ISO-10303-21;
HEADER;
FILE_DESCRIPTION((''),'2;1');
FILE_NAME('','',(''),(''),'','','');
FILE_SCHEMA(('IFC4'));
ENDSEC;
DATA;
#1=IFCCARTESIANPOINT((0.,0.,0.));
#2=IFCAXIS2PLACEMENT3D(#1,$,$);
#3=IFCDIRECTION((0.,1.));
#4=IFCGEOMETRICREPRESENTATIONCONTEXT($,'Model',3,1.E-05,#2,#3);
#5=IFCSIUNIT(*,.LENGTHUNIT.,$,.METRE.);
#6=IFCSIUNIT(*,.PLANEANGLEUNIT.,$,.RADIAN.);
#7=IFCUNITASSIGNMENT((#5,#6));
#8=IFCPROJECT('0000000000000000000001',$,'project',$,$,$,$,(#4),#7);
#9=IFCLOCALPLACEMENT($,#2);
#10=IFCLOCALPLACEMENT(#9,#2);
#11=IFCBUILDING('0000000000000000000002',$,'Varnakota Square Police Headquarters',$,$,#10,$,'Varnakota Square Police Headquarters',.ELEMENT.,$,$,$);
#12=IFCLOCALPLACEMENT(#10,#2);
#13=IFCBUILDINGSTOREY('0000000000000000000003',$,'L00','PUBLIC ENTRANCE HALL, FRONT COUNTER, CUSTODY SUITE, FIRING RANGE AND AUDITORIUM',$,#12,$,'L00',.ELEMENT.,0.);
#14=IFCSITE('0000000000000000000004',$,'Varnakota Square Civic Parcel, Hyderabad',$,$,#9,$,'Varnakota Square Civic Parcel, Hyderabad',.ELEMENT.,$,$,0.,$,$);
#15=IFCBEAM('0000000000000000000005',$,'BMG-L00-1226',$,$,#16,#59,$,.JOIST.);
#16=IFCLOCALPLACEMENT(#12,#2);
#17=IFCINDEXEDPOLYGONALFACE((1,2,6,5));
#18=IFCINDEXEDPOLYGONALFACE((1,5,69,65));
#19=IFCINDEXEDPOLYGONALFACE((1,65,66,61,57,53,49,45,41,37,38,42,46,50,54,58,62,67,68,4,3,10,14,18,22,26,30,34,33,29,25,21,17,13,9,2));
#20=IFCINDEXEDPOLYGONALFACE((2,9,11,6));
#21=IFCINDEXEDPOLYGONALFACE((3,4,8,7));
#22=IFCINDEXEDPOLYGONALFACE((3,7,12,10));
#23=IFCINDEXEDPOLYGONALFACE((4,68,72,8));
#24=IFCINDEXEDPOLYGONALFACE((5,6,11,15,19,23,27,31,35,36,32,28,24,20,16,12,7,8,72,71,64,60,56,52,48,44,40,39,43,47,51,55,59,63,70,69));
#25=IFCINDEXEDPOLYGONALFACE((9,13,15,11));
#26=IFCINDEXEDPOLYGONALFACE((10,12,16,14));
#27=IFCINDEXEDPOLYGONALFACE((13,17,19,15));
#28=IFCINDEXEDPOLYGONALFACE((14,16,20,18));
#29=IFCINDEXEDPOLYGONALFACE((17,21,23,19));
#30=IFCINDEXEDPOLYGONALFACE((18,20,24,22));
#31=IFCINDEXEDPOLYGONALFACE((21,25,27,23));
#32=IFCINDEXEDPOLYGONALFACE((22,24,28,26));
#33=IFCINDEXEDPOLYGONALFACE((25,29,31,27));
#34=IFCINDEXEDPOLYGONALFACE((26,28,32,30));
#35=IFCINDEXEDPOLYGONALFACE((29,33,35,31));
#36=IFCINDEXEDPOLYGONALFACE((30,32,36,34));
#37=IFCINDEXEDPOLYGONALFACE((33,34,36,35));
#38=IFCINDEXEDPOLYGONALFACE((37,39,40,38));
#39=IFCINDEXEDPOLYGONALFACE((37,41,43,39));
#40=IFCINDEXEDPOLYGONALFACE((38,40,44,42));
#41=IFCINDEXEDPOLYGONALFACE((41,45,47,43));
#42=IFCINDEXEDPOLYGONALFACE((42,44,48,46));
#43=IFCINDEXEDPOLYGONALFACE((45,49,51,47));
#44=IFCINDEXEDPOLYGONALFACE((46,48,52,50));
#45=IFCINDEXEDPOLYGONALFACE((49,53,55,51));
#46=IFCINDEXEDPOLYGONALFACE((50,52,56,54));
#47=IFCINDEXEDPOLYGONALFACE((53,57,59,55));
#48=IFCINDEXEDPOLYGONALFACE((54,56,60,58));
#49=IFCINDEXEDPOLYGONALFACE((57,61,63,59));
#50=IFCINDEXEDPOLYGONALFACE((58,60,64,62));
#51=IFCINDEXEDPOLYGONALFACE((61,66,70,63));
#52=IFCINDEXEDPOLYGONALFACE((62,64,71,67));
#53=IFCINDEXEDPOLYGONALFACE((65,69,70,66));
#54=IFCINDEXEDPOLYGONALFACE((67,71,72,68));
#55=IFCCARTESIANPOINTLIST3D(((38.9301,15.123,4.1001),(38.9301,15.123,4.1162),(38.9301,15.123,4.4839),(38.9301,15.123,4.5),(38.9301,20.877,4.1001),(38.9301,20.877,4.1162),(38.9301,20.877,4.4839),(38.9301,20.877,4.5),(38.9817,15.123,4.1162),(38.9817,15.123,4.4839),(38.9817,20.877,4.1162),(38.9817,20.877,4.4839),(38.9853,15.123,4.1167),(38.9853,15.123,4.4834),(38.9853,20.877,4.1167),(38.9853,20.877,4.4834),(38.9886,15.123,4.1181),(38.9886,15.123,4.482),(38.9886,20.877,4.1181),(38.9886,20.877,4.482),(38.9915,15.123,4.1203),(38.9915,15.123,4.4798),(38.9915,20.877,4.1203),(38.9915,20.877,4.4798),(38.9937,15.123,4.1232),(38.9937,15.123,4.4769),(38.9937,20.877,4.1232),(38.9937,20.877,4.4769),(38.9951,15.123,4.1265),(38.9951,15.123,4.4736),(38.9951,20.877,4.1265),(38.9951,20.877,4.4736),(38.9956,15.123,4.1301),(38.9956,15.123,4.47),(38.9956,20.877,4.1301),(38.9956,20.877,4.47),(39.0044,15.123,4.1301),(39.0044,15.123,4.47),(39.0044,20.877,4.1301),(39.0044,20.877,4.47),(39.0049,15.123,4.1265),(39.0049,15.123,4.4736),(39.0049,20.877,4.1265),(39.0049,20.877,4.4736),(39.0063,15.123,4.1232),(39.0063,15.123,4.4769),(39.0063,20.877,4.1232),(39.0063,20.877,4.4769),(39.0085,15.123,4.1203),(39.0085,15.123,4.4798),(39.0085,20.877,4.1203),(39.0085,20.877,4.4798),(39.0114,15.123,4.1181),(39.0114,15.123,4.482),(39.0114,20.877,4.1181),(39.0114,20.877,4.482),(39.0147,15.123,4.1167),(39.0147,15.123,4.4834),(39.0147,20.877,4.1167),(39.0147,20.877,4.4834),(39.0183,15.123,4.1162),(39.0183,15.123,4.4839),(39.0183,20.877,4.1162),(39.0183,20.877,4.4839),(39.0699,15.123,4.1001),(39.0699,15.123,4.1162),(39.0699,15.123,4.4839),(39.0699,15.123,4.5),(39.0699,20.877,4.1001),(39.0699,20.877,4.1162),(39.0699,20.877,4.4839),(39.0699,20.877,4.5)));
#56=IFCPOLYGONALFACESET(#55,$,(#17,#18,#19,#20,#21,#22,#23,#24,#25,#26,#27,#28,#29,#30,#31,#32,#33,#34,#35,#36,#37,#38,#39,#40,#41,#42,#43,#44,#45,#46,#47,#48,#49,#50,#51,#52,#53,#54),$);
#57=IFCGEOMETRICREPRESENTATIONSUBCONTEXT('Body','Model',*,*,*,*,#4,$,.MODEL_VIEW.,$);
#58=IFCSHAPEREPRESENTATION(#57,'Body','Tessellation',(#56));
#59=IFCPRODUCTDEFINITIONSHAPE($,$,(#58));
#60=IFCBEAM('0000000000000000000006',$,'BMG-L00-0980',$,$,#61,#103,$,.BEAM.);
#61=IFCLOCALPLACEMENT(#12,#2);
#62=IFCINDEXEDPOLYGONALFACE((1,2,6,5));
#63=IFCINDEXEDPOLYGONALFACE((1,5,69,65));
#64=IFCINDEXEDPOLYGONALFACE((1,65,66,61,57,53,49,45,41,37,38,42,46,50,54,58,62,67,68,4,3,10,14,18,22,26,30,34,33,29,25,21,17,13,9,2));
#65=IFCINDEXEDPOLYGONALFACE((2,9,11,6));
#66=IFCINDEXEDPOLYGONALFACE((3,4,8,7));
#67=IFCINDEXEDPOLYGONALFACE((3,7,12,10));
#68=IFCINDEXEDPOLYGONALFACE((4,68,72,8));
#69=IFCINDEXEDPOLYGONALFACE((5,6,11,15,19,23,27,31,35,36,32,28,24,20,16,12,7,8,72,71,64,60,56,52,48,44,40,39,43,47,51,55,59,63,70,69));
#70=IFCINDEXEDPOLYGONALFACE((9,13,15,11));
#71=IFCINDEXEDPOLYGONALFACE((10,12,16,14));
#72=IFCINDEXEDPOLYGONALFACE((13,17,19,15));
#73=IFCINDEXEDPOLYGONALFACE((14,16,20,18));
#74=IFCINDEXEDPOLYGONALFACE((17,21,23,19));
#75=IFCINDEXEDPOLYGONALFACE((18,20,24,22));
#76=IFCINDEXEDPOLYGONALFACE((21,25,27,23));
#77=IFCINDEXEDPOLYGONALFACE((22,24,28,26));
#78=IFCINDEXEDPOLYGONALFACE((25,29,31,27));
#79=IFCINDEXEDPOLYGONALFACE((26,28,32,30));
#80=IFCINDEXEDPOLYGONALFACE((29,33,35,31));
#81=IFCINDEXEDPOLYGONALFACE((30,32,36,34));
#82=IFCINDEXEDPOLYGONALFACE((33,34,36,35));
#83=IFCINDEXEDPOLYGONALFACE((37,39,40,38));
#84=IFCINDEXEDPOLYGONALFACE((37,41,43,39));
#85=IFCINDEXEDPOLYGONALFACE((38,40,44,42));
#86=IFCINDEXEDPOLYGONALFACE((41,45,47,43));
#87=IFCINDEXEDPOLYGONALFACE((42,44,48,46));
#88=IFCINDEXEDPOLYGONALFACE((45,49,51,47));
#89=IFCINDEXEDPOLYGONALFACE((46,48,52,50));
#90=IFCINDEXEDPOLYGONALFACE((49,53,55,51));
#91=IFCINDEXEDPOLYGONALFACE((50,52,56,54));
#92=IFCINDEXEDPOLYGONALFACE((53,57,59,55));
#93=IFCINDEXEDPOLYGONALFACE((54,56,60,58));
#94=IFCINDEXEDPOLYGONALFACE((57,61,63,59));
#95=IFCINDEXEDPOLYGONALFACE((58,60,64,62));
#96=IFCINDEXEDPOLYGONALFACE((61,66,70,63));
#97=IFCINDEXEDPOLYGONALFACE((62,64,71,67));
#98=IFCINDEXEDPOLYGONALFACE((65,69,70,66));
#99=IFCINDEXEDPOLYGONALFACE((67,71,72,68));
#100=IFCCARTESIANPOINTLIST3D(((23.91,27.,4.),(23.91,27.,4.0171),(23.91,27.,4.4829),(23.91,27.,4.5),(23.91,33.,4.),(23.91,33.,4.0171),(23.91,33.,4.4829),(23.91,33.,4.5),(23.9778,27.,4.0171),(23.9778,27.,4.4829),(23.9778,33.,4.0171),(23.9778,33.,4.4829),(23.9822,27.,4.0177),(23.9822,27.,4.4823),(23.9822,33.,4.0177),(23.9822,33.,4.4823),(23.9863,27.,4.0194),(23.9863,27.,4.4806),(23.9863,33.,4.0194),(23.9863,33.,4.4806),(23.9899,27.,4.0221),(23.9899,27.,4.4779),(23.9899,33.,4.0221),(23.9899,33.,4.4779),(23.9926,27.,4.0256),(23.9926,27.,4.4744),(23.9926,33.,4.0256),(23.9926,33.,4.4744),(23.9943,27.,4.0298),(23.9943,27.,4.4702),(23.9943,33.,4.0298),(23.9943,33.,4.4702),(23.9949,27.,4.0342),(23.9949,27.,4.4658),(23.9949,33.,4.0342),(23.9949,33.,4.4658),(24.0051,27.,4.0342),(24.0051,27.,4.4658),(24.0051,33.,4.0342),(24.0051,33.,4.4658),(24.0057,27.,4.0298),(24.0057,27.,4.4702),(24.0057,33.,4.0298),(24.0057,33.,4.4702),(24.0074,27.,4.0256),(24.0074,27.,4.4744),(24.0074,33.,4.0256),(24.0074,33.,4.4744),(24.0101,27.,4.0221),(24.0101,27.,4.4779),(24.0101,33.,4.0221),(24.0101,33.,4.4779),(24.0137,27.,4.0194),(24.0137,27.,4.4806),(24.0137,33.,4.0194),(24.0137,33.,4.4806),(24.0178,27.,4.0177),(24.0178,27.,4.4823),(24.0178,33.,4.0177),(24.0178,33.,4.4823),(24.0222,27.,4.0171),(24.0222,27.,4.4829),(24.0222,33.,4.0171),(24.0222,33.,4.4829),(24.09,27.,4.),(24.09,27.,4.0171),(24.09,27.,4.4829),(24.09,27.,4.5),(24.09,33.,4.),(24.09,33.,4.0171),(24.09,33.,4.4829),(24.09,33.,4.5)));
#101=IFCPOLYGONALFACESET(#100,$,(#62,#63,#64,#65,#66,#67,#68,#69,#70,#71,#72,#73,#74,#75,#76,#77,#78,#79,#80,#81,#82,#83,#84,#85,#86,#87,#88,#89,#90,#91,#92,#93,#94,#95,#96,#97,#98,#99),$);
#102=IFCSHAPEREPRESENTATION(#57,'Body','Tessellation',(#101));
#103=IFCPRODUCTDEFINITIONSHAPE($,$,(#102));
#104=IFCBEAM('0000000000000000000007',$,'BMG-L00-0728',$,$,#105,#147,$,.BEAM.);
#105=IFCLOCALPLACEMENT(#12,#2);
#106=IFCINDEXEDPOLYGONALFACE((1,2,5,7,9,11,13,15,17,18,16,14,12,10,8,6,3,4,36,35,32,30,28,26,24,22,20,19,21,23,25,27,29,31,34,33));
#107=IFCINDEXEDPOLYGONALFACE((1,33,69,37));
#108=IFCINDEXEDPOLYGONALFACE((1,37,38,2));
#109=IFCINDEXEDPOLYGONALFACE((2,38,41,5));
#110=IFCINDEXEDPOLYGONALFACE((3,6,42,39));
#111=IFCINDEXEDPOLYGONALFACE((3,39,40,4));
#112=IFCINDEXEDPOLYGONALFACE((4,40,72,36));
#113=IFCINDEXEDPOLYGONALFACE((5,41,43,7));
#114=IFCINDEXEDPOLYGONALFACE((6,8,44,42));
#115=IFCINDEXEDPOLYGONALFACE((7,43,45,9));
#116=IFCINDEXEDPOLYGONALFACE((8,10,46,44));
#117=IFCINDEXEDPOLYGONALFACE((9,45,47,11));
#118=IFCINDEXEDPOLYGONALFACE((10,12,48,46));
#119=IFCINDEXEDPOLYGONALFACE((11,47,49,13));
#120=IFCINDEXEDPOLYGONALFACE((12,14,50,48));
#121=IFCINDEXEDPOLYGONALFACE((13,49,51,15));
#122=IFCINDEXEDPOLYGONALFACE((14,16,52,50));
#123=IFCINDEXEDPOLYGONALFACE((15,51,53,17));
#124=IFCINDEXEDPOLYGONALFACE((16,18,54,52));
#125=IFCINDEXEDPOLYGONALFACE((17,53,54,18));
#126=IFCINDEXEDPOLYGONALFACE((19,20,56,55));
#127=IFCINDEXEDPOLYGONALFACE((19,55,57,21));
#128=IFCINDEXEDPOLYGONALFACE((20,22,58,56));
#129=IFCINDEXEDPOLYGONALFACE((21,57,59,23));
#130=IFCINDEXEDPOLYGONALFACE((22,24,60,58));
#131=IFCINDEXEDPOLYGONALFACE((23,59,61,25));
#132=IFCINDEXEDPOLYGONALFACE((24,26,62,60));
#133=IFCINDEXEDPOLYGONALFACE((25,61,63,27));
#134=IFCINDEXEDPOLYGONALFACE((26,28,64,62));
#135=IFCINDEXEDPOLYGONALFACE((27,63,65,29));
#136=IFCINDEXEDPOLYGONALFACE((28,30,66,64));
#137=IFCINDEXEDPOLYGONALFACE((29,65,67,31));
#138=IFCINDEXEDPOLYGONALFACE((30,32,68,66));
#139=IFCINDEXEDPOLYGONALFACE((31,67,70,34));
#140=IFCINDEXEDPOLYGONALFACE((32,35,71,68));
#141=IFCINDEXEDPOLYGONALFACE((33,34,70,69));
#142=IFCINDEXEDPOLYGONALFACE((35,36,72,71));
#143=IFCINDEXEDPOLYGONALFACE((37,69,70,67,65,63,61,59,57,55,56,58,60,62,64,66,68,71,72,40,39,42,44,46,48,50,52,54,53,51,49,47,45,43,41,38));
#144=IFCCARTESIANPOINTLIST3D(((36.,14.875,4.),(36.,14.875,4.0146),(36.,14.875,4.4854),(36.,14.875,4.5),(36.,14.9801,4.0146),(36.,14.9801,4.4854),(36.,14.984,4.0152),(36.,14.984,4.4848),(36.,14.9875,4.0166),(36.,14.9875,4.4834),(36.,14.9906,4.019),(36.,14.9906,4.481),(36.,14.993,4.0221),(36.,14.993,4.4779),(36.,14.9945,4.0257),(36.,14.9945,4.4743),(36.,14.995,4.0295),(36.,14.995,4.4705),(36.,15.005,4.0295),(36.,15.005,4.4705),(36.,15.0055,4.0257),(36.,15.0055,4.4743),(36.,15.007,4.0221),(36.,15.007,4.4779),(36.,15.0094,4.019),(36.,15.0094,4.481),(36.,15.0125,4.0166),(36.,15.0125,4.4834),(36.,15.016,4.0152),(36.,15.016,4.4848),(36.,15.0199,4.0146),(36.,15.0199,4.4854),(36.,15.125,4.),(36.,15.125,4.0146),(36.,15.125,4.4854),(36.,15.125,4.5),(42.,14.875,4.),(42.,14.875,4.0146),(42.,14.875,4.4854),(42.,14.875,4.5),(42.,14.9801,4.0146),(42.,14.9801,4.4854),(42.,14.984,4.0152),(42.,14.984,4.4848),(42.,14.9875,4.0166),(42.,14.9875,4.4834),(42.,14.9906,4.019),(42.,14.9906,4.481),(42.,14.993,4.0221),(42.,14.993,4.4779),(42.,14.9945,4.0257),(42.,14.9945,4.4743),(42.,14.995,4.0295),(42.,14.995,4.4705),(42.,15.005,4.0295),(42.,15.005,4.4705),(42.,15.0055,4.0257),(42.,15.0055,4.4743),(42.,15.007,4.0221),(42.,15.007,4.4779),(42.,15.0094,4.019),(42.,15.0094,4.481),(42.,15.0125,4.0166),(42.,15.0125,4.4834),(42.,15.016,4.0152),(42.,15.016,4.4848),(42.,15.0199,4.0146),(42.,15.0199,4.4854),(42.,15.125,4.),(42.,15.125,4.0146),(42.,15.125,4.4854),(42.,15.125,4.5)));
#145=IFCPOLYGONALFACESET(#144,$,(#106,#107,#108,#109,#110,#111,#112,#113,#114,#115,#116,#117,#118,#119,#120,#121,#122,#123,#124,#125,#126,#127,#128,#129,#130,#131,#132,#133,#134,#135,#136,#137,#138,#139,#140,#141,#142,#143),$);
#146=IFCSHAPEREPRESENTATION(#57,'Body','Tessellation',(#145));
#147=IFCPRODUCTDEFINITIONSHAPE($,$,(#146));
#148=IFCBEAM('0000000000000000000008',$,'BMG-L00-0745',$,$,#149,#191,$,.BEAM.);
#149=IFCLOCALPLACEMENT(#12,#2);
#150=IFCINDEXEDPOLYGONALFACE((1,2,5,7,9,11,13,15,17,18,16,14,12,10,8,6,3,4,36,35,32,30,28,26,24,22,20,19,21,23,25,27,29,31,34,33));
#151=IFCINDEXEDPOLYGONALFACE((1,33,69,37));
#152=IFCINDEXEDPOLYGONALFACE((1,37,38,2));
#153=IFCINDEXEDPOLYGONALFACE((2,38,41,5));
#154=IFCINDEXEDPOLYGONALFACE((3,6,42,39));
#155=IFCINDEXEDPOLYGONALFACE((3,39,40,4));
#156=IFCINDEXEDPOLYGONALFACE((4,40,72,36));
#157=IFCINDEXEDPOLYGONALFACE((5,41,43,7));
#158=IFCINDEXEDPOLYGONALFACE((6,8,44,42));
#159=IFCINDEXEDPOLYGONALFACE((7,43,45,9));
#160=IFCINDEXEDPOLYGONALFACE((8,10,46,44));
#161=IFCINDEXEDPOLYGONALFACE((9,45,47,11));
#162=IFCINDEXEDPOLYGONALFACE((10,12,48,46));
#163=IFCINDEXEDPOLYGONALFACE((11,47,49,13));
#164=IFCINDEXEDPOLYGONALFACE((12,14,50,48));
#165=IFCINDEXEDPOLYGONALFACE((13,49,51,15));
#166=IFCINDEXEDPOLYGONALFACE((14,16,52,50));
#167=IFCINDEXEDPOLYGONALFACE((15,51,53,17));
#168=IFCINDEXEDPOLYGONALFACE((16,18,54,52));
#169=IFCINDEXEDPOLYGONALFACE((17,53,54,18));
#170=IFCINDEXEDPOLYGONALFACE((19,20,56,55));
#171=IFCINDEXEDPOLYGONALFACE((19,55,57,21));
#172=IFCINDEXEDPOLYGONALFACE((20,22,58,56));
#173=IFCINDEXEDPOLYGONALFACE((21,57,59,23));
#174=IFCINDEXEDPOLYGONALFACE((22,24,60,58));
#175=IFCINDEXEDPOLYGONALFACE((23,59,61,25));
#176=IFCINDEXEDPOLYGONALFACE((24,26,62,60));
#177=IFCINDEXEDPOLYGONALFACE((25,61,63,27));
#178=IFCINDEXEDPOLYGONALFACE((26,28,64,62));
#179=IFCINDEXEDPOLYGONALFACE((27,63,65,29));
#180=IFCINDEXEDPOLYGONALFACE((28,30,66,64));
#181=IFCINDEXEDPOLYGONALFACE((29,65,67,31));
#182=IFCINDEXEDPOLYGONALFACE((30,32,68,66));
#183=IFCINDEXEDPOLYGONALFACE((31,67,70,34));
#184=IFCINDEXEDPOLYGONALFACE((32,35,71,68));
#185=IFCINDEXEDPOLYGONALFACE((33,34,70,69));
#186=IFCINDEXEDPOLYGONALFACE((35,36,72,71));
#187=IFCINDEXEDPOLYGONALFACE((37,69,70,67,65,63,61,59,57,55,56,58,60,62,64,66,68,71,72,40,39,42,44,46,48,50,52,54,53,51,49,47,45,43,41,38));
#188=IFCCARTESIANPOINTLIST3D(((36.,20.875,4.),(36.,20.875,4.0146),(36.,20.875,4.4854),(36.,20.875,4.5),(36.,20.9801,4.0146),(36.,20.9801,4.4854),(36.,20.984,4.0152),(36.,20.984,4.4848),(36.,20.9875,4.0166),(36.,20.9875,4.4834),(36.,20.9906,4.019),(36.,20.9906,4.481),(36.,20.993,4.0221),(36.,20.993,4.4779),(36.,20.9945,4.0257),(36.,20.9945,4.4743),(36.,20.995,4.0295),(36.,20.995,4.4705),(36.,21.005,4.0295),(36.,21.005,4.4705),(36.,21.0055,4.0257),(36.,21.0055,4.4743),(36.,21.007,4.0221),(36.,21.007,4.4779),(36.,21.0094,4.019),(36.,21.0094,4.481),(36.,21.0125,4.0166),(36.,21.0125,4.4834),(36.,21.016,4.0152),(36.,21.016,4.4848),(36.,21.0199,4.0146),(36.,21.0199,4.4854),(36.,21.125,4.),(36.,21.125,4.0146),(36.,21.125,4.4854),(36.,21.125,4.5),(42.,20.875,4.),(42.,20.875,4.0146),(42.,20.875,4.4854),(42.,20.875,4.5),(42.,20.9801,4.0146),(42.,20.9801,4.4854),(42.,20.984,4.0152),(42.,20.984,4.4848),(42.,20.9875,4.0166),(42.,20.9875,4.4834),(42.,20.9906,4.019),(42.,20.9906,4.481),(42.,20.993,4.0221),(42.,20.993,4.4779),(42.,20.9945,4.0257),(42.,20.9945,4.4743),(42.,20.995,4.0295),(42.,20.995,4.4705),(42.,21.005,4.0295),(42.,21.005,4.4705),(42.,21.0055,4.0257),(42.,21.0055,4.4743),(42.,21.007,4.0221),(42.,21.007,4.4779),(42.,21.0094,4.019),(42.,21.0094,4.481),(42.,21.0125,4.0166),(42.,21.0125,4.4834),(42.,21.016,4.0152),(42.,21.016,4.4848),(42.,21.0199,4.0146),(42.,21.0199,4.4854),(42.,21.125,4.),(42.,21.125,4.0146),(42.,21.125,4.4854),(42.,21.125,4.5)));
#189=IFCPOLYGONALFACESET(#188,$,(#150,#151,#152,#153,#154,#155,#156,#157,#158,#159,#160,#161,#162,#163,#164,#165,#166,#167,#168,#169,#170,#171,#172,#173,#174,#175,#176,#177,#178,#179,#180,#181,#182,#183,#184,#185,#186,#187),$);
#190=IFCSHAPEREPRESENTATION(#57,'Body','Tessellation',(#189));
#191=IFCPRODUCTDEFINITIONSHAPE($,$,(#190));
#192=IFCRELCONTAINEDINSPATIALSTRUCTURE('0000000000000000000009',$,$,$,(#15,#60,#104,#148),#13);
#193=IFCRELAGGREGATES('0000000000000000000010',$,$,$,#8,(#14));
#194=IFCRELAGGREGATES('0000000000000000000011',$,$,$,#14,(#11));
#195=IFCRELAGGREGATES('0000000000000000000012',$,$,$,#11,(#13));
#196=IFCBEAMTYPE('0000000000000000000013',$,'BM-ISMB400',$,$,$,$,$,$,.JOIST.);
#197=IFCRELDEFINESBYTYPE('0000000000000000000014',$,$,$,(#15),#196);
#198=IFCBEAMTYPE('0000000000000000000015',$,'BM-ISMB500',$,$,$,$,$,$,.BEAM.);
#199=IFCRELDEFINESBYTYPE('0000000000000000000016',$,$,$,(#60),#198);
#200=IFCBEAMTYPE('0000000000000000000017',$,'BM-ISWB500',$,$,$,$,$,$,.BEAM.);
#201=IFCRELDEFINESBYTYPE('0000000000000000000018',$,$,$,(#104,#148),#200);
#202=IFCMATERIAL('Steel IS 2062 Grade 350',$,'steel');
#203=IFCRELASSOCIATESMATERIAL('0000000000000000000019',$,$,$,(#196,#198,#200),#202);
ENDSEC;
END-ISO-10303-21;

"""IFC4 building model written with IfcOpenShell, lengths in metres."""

from ifc_helpers import new_model, si_unit, direction, frame, origin, origin_2d, place, context, subcontext, project, spatial, i_section, extrude, material, material_profile, profile_set, type_object, element, save


model = new_model("IFC4")

# Units and contexts
model_context = context("Model", 3, precision=1e-05, world=origin(), true_north=direction((0.0, 1.0)))
body_context = subcontext(model_context, "Body", "Model", "MODEL_VIEW")
ifc_project = project(units=[si_unit("LENGTHUNIT", "METRE"), si_unit("PLANEANGLEUNIT", "RADIAN")], contexts=[model_context])

# Site, building, storey
site_placement = place(None, origin())
site = spatial("IfcSite", under=ifc_project, at=site_placement, Name="Varnakota Square Civic Parcel, Hyderabad", LongName="Varnakota Square Civic Parcel, Hyderabad", CompositionType="ELEMENT", RefElevation=0.0)
building_placement = place(site_placement, origin())
building = spatial("IfcBuilding", under=site, at=building_placement, Name="Varnakota Square Police Headquarters", LongName="Varnakota Square Police Headquarters", CompositionType="ELEMENT")
storey_placement = place(building_placement, origin())
storey = spatial("IfcBuildingStorey", under=building, at=storey_placement, Name="L00", Description="PUBLIC ENTRANCE HALL, FRONT COUNTER, CUSTODY SUITE, FIRING RANGE AND AUDITORIUM", LongName="L00", CompositionType="ELEMENT", Elevation=0.0)

# Beams
ifc_material_1 = material(Name="Steel IS 2062 Grade 350", Category="steel")
ifc_material_profile_1 = material_profile(ifc_material_1, i_section(OverallWidth=0.1399, OverallDepth=0.3999, WebThickness=0.0088, FlangeThickness=0.0161, FilletRadius=0.0139, at=origin_2d()), Name="ISMB 400")
ifc_profile_set_1 = profile_set([ifc_material_profile_1], Name="Steel IS 2062 Grade 350")
beam_type_1 = type_object("IfcBeamType", Name="BM-ISMB400", PredefinedType="JOIST", material=ifc_profile_set_1)
for number, where, z_axis, x_axis, name in (
    (1, (39.0, 15.123, 4.3), (0.0, 1.0, 0.0), (-1.0, 0.0, 0.0), "BMG-L00-1226"),
):
    element("IfcBeam", number, at=place(storey_placement, frame(where, z_axis=z_axis, x_axis=x_axis)), inside=storey, type_object=beam_type_1, Name=name, PredefinedType="JOIST", context=body_context, shape_type="SweptSolid", body=[
        extrude(i_section(OverallWidth=0.1399, OverallDepth=0.3999, WebThickness=0.0088, FlangeThickness=0.0161, FilletRadius=0.0139, at=origin_2d()), origin(), (0.0, 0.0, 1.0), 5.7539),
    ])
ifc_material_profile_2 = material_profile(ifc_material_1, i_section(OverallWidth=0.1799, OverallDepth=0.5, WebThickness=0.0103, FlangeThickness=0.0171, FilletRadius=0.0171, at=origin_2d()), Name="ISMB 500")
ifc_profile_set_2 = profile_set([ifc_material_profile_2], Name="Steel IS 2062 Grade 350")
beam_type_2 = type_object("IfcBeamType", Name="BM-ISMB500", PredefinedType="BEAM", material=ifc_profile_set_2)
beam_1_placement = place(storey_placement, frame((24.0, 27.0, 4.25), z_axis=(0.0, 1.0, 0.0), x_axis=(-1.0, 0.0, 0.0)))
element("IfcBeam", 2, at=beam_1_placement, inside=storey, type_object=beam_type_2, Name="BMG-L00-0980", PredefinedType="BEAM", context=body_context, shape_type="SweptSolid", body=[
    extrude(i_section(OverallWidth=0.1799, OverallDepth=0.5, WebThickness=0.0103, FlangeThickness=0.0171, FilletRadius=0.0171, at=origin_2d()), origin(), (0.0, 0.0, 1.0), 6.0),
])
ifc_material_profile_3 = material_profile(ifc_material_1, i_section(OverallWidth=0.25, OverallDepth=0.5, WebThickness=0.01, FlangeThickness=0.0146, FilletRadius=0.0149, at=origin_2d()), Name="ISWB 500")
ifc_profile_set_3 = profile_set([ifc_material_profile_3], Name="Steel IS 2062 Grade 350")
beam_type_3 = type_object("IfcBeamType", Name="BM-ISWB500", PredefinedType="BEAM", material=ifc_profile_set_3)
for number, where, z_axis, x_axis, name in (
    (3, (36.0, 15.0, 4.25), (1.0, 0.0, 0.0), (0.0, 1.0, 0.0), "BMG-L00-0728"),
    (4, (36.0, 21.0, 4.25), (1.0, 0.0, 0.0), (0.0, 1.0, 0.0), "BMG-L00-0745"),
):
    element("IfcBeam", number, at=place(storey_placement, frame(where, z_axis=z_axis, x_axis=x_axis)), inside=storey, type_object=beam_type_3, Name=name, PredefinedType="BEAM", context=body_context, shape_type="SweptSolid", body=[
        extrude(i_section(OverallWidth=0.25, OverallDepth=0.5, WebThickness=0.01, FlangeThickness=0.0146, FilletRadius=0.0149, at=origin_2d()), origin(), (0.0, 0.0, 1.0), 6.0),
    ])

save(model, "model.ifc")
